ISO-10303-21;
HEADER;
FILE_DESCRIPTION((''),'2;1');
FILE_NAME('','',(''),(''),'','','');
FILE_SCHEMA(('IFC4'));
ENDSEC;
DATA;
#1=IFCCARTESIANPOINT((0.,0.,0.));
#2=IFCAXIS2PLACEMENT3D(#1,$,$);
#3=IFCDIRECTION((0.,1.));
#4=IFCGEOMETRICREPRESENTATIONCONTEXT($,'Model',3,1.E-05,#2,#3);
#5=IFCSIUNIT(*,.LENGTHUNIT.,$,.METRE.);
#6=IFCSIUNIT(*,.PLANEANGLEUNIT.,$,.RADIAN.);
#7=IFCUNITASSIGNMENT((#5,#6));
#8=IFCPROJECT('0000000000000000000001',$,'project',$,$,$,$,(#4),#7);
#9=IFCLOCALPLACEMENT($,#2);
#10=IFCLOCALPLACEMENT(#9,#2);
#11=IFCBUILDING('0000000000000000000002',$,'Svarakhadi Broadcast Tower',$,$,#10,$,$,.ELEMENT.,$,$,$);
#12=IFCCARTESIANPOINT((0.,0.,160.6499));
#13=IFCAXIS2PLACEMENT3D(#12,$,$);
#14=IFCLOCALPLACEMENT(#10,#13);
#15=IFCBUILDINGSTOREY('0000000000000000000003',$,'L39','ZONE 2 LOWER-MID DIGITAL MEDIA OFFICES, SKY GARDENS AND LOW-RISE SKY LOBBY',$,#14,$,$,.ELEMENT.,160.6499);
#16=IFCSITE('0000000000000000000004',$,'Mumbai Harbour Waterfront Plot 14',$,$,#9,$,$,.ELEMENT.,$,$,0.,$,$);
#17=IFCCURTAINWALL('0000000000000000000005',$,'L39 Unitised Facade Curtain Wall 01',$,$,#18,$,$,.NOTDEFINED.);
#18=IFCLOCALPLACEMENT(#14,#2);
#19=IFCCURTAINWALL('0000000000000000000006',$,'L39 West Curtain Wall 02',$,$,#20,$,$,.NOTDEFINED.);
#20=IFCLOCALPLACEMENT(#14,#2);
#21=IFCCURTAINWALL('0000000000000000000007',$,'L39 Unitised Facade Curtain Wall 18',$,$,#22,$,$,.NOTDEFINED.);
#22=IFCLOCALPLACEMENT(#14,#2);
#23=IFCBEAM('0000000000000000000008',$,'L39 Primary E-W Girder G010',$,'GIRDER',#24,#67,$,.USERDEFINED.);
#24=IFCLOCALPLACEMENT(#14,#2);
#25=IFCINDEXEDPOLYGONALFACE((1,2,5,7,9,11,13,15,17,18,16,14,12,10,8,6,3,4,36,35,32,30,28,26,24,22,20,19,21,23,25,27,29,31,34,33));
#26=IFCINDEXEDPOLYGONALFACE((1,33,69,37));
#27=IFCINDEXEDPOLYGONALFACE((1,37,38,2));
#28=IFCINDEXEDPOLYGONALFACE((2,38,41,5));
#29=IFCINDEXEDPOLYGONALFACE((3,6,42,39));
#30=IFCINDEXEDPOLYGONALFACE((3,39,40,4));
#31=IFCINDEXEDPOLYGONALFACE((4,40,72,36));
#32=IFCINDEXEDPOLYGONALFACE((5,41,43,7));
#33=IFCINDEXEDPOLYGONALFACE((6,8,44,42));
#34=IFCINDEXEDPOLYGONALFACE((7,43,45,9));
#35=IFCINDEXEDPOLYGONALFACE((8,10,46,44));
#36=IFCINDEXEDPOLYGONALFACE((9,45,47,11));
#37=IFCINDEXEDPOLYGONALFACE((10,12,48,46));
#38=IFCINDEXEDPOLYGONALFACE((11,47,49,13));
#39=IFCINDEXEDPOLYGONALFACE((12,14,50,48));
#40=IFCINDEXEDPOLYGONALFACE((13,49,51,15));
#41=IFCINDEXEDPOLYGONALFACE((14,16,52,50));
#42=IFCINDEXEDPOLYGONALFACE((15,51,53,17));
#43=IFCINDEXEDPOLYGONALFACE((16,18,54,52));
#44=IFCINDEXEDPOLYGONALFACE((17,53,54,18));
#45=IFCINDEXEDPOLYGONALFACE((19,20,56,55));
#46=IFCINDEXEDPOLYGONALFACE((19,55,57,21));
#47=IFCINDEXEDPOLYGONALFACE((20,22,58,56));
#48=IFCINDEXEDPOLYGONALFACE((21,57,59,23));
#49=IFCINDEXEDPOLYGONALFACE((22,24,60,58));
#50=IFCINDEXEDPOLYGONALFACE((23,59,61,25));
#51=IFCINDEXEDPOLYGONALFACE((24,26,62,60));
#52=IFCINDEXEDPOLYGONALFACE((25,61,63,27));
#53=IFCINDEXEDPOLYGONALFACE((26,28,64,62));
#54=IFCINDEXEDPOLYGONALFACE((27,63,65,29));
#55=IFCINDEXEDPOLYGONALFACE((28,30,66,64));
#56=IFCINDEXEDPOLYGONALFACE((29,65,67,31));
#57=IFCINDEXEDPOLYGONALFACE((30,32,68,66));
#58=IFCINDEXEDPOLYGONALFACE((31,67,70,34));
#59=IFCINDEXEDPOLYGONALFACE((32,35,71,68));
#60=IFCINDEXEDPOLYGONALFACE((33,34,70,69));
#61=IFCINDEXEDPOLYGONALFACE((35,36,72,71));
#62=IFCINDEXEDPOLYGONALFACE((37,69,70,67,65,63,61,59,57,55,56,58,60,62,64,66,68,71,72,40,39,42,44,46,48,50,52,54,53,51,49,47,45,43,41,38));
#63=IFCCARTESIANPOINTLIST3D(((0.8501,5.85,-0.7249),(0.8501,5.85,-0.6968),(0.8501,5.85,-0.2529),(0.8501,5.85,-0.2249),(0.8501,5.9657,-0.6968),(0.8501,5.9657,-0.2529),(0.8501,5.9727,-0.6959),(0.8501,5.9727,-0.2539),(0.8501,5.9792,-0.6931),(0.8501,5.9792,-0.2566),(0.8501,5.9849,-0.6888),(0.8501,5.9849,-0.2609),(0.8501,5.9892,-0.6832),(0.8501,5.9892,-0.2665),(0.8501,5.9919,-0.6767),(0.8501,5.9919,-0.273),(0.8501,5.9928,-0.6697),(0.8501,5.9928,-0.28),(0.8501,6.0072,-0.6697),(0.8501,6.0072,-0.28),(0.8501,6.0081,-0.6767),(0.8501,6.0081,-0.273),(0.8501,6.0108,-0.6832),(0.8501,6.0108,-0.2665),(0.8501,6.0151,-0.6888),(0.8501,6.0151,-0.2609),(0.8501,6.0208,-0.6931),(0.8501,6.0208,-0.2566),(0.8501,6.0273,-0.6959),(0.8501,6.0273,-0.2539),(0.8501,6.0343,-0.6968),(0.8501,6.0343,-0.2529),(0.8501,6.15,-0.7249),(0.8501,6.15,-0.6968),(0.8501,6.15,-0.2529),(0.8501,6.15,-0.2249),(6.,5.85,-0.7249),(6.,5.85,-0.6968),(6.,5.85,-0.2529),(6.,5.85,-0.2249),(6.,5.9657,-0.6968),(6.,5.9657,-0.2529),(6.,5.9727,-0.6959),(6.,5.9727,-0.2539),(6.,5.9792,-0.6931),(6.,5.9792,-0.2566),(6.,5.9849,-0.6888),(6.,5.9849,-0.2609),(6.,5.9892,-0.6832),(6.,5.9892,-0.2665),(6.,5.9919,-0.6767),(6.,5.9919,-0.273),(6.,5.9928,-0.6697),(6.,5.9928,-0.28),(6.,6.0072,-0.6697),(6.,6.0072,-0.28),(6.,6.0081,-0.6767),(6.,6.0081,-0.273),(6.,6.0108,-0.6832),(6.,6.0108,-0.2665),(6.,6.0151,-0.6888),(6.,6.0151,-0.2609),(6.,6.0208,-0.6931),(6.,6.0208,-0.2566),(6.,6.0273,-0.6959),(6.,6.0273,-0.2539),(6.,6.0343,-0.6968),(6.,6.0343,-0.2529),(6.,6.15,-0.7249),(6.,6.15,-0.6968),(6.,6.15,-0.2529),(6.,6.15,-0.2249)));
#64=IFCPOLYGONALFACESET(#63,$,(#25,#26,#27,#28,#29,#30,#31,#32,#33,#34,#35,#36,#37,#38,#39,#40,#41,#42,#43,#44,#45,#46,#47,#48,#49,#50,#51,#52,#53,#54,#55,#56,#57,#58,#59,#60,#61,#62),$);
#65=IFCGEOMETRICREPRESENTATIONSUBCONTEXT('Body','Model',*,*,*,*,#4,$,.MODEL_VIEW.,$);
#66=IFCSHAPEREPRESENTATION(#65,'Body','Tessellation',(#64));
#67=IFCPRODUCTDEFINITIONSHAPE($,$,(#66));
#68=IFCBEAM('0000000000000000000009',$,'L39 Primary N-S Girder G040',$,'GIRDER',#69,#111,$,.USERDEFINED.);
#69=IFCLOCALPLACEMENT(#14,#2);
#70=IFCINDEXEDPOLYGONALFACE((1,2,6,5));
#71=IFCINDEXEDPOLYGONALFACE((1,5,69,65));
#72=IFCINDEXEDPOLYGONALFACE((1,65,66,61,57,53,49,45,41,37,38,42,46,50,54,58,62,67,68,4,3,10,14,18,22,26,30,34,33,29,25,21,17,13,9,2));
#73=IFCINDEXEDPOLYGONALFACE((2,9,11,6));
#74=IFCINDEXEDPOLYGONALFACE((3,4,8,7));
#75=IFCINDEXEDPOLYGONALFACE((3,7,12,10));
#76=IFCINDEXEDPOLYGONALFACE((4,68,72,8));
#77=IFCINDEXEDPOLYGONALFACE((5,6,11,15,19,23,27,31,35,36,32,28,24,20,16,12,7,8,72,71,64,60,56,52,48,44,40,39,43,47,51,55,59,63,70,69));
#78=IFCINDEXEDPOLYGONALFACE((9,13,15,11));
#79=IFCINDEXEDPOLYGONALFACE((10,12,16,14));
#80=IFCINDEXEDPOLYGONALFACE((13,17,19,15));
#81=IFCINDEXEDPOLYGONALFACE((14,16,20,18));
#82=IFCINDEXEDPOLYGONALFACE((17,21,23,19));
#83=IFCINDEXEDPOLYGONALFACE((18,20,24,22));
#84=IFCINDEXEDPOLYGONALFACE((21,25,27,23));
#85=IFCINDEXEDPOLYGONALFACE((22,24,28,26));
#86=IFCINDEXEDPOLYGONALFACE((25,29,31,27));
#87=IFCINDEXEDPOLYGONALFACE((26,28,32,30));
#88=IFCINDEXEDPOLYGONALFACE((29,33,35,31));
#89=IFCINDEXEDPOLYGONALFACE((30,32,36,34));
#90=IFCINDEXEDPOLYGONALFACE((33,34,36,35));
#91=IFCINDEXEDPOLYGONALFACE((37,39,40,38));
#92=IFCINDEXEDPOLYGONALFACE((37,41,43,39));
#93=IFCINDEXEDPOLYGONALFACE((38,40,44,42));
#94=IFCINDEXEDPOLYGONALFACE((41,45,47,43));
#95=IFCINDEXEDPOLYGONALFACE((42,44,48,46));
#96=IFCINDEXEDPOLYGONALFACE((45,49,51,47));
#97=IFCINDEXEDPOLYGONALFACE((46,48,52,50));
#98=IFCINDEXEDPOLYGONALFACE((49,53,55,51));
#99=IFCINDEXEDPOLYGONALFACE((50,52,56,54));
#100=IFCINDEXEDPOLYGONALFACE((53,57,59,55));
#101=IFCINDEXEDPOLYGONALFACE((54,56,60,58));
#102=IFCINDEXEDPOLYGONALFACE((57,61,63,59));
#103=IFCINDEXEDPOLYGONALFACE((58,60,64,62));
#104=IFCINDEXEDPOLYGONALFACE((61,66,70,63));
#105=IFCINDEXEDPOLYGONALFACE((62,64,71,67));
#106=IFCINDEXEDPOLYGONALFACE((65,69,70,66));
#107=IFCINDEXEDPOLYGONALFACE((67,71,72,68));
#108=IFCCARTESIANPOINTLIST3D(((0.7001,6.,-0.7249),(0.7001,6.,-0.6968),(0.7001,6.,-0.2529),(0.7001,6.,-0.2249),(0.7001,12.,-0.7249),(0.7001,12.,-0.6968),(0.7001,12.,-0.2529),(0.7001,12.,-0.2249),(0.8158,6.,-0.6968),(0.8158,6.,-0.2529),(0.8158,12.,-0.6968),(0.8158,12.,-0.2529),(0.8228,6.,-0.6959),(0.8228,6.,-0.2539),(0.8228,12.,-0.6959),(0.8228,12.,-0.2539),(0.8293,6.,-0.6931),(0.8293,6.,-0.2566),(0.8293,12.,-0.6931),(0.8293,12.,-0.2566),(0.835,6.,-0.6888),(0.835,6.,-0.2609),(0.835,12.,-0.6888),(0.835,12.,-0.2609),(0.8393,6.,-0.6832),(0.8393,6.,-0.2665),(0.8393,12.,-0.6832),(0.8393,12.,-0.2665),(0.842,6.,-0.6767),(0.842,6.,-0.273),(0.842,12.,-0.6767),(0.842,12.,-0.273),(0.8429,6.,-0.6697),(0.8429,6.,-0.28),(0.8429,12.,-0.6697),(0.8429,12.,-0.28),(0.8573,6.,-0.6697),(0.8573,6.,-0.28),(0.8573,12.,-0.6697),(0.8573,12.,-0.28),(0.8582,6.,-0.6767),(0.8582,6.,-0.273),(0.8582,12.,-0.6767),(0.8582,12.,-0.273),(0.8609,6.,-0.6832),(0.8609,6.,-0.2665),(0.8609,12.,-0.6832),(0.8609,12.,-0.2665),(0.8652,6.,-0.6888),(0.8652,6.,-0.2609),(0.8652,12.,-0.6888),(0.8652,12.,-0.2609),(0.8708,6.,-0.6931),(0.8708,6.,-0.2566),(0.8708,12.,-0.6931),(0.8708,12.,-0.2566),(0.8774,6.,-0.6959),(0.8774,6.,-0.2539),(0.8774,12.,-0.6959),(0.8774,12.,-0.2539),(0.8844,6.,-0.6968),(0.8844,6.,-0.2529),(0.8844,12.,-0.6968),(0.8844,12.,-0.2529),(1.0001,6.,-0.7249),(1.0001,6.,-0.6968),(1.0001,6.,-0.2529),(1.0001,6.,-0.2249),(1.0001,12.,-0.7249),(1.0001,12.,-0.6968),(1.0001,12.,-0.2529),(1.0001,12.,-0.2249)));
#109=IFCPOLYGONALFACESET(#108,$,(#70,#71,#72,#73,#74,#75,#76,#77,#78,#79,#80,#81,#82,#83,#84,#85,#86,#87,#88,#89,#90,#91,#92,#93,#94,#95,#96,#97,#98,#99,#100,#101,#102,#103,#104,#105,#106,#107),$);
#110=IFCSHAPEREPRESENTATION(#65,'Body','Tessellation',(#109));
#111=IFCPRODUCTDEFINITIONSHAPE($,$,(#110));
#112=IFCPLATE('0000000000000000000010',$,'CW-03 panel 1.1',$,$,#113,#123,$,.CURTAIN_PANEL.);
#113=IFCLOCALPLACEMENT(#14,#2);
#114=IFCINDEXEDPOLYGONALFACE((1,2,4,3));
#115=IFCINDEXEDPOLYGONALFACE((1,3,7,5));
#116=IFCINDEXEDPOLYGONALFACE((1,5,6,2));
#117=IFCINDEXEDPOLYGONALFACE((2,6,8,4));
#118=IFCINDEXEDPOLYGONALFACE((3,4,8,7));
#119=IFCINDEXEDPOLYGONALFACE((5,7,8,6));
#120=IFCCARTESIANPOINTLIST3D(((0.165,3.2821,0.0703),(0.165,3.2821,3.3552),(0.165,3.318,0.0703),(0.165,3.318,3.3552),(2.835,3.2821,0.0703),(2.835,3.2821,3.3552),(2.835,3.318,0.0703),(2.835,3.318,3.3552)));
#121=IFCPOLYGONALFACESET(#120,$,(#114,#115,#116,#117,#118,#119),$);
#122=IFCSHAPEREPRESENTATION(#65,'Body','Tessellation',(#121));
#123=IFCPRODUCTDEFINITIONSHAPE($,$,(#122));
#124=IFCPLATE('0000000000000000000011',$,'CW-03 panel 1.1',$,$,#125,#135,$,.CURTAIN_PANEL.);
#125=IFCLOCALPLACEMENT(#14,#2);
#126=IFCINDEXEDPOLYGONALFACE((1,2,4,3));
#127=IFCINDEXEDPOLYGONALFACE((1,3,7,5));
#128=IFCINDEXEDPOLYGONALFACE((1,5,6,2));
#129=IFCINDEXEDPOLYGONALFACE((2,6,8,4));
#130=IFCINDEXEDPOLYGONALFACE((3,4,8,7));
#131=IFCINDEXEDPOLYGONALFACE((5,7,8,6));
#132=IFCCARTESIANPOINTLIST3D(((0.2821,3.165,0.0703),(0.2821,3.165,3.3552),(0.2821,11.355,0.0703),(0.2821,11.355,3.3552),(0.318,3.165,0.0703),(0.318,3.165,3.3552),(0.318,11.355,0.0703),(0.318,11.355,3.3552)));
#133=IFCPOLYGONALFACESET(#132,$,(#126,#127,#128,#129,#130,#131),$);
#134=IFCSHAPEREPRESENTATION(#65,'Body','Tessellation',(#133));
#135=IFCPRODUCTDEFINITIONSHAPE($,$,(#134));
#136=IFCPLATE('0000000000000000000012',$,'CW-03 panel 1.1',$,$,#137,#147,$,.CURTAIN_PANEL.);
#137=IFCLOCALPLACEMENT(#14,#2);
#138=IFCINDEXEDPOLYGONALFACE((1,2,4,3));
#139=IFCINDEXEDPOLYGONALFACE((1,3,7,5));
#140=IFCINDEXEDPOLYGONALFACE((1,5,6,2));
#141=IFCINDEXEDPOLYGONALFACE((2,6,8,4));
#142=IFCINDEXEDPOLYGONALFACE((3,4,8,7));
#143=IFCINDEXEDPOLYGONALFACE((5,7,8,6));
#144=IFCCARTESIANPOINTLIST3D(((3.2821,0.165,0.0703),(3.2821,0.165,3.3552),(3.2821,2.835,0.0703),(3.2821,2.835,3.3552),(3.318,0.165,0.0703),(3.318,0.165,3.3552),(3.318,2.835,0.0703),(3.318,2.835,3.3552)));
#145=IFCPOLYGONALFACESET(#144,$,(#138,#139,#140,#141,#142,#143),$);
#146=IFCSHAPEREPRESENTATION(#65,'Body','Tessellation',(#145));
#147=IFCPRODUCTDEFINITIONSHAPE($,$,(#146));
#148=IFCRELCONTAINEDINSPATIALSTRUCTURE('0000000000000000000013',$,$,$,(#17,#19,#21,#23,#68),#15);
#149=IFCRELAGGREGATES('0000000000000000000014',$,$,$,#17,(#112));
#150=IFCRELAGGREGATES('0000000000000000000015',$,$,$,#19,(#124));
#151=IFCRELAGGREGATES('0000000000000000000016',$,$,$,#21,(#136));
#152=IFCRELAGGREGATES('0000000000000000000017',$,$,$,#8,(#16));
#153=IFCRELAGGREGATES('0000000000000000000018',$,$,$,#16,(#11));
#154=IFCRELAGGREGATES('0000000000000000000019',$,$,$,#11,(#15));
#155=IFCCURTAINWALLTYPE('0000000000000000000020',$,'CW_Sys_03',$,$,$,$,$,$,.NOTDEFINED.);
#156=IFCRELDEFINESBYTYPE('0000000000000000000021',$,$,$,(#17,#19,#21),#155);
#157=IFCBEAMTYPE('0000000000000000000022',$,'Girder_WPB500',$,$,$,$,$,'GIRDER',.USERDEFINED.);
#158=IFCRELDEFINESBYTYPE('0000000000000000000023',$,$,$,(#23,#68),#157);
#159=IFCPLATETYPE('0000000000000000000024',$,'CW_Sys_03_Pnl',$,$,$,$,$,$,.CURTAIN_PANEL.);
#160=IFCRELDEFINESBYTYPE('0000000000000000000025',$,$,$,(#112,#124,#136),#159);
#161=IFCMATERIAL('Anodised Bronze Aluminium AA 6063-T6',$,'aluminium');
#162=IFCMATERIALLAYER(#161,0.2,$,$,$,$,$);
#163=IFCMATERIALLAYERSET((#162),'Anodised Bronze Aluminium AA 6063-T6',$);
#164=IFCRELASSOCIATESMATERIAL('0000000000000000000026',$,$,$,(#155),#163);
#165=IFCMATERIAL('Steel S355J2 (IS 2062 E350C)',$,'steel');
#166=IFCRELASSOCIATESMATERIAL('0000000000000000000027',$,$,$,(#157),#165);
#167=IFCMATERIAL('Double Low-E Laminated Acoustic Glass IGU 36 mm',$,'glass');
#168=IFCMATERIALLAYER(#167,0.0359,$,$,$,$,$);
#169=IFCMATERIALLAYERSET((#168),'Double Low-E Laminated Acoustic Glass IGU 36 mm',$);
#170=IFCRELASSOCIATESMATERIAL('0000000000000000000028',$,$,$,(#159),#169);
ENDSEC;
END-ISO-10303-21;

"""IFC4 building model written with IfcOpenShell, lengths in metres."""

from ifc_helpers import new_model, si_unit, direction, frame, origin, origin_2d, place, context, subcontext, project, spatial, rectangle, i_section, extrude, material, layer, layer_set, material_profile, profile_set, type_object, element, aggregate, save


model = new_model("IFC4")

# Units and contexts
model_context = context("Model", 3, precision=1e-05, world=origin(), true_north=direction((0.0, 1.0)))
body_context = subcontext(model_context, "Body", "Model", "MODEL_VIEW")
ifc_project = project(units=[si_unit("LENGTHUNIT", "METRE"), si_unit("PLANEANGLEUNIT", "RADIAN")], contexts=[model_context])

# Site, building, storey
site_placement = place(None, origin())
site = spatial("IfcSite", under=ifc_project, at=site_placement, Name="Mumbai Harbour Waterfront Plot 14", CompositionType="ELEMENT", RefElevation=0.0)
building_placement = place(site_placement, origin())
building = spatial("IfcBuilding", under=site, at=building_placement, Name="Svarakhadi Broadcast Tower", CompositionType="ELEMENT")
storey_placement = place(building_placement, frame((0.0, 0.0, 160.6499)))
storey = spatial("IfcBuildingStorey", under=building, at=storey_placement, Name="L39", Description="ZONE 2 LOWER-MID DIGITAL MEDIA OFFICES, SKY GARDENS AND LOW-RISE SKY LOBBY", CompositionType="ELEMENT", Elevation=160.6499)

# Shared definitions
ifc_material_1 = material(Name="Steel S355J2 (IS 2062 E350C)", Category="steel")

# Curtain wall
ifc_material_2 = material(Name="Anodised Bronze Aluminium AA 6063-T6", Category="aluminium")
ifc_layer_1 = layer(ifc_material_2, 0.2)
ifc_layer_set_1 = layer_set([ifc_layer_1], Name="Anodised Bronze Aluminium AA 6063-T6")
curtain_wall_type = type_object("IfcCurtainWallType", Name="CW_Sys_03", PredefinedType="NOTDEFINED", material=ifc_layer_set_1)
curtain_wall_1_placement = place(storey_placement, origin())
curtain_wall_1 = element("IfcCurtainWall", 1, at=curtain_wall_1_placement, inside=storey, type_object=curtain_wall_type, Name="L39 Unitised Facade Curtain Wall 01", PredefinedType="NOTDEFINED")

# Curtain wall
curtain_wall_2_placement = place(storey_placement, origin())
curtain_wall_2 = element("IfcCurtainWall", 2, at=curtain_wall_2_placement, inside=storey, type_object=curtain_wall_type, Name="L39 West Curtain Wall 02", PredefinedType="NOTDEFINED")

# Curtain wall
curtain_wall_3_placement = place(storey_placement, origin())
curtain_wall_3 = element("IfcCurtainWall", 3, at=curtain_wall_3_placement, inside=storey, type_object=curtain_wall_type, Name="L39 Unitised Facade Curtain Wall 18", PredefinedType="NOTDEFINED")

# Beams
ifc_material_profile_1 = material_profile(ifc_material_1, i_section(OverallWidth=0.3, OverallDepth=0.5, WebThickness=0.0144, FlangeThickness=0.0281, FilletRadius=0.0271, at=origin_2d()), Name="WPB 500x300x187")
ifc_profile_set_1 = profile_set([ifc_material_profile_1], Name="Steel S355J2 (IS 2062 E350C)")
beam_type_1 = type_object("IfcBeamType", Name="Girder_WPB500", ElementType="GIRDER", PredefinedType="USERDEFINED", material=ifc_profile_set_1)
beam_1_placement = place(storey_placement, frame((0.8501, 6.0, -0.4749), z_axis=(1.0, 0.0, 0.0), x_axis=(0.0, 1.0, 0.0)))
element("IfcBeam", 4, at=beam_1_placement, inside=storey, type_object=beam_type_1, Name="L39 Primary E-W Girder G010", ObjectType="GIRDER", PredefinedType="USERDEFINED", context=body_context, shape_type="SweptSolid", body=[
    extrude(i_section(OverallWidth=0.3, OverallDepth=0.5, WebThickness=0.0144, FlangeThickness=0.0281, FilletRadius=0.0271, at=origin_2d()), origin(), (0.0, 0.0, 1.0), 5.1499),
])
beam_2_placement = place(storey_placement, frame((0.8501, 6.0, -0.4749), z_axis=(0.0, 1.0, 0.0), x_axis=(-1.0, 0.0, 0.0)))
element("IfcBeam", 5, at=beam_2_placement, inside=storey, type_object=beam_type_1, Name="L39 Primary N-S Girder G040", ObjectType="GIRDER", PredefinedType="USERDEFINED", context=body_context, shape_type="SweptSolid", body=[
    extrude(i_section(OverallWidth=0.3, OverallDepth=0.5, WebThickness=0.0144, FlangeThickness=0.0281, FilletRadius=0.0271, at=origin_2d()), origin(), (0.0, 0.0, 1.0), 6.0),
])

# Plates
ifc_material_3 = material(Name="Double Low-E Laminated Acoustic Glass IGU 36 mm", Category="glass")
ifc_layer_2 = layer(ifc_material_3, 0.0359)
ifc_layer_set_2 = layer_set([ifc_layer_2], Name="Double Low-E Laminated Acoustic Glass IGU 36 mm")
plate_type = type_object("IfcPlateType", Name="CW_Sys_03_Pnl", PredefinedType="CURTAIN_PANEL", material=ifc_layer_set_2)
plate_1_placement = place(storey_placement, frame((1.5, 3.3, 0.0703), z_axis=(0.0, 0.0, 1.0), x_axis=(-1.0, 0.0, 0.0)))
plate_1 = element("IfcPlate", 6, at=plate_1_placement, type_object=plate_type, Name="CW-03 panel 1.1", PredefinedType="CURTAIN_PANEL", context=body_context, shape_type="SweptSolid", body=[
    extrude(rectangle(XDim=2.6699, YDim=0.0359, at=origin_2d()), origin(), (0.0, 0.0, 1.0), 3.2849),
])
aggregate(curtain_wall_1, [plate_1])
plate_2_placement = place(storey_placement, frame((0.3, 7.26, 0.0703), z_axis=(0.0, 0.0, 1.0), x_axis=(0.0, 1.0, 0.0)))
plate_2 = element("IfcPlate", 7, at=plate_2_placement, type_object=plate_type, Name="CW-03 panel 1.1", PredefinedType="CURTAIN_PANEL", context=body_context, shape_type="SweptSolid", body=[
    extrude(rectangle(XDim=8.1899, YDim=0.0359, at=origin_2d()), origin(), (0.0, 0.0, 1.0), 3.2849),
])
aggregate(curtain_wall_2, [plate_2])
plate_3_placement = place(storey_placement, frame((3.3, 1.5, 0.0703), z_axis=(0.0, 0.0, 1.0), x_axis=(0.0, 1.0, 0.0)))
plate_3 = element("IfcPlate", 8, at=plate_3_placement, type_object=plate_type, Name="CW-03 panel 1.1", PredefinedType="CURTAIN_PANEL", context=body_context, shape_type="SweptSolid", body=[
    extrude(rectangle(XDim=2.6699, YDim=0.0359, at=origin_2d()), origin(), (0.0, 0.0, 1.0), 3.2849),
])
aggregate(curtain_wall_3, [plate_3])

save(model, "model.ifc")
